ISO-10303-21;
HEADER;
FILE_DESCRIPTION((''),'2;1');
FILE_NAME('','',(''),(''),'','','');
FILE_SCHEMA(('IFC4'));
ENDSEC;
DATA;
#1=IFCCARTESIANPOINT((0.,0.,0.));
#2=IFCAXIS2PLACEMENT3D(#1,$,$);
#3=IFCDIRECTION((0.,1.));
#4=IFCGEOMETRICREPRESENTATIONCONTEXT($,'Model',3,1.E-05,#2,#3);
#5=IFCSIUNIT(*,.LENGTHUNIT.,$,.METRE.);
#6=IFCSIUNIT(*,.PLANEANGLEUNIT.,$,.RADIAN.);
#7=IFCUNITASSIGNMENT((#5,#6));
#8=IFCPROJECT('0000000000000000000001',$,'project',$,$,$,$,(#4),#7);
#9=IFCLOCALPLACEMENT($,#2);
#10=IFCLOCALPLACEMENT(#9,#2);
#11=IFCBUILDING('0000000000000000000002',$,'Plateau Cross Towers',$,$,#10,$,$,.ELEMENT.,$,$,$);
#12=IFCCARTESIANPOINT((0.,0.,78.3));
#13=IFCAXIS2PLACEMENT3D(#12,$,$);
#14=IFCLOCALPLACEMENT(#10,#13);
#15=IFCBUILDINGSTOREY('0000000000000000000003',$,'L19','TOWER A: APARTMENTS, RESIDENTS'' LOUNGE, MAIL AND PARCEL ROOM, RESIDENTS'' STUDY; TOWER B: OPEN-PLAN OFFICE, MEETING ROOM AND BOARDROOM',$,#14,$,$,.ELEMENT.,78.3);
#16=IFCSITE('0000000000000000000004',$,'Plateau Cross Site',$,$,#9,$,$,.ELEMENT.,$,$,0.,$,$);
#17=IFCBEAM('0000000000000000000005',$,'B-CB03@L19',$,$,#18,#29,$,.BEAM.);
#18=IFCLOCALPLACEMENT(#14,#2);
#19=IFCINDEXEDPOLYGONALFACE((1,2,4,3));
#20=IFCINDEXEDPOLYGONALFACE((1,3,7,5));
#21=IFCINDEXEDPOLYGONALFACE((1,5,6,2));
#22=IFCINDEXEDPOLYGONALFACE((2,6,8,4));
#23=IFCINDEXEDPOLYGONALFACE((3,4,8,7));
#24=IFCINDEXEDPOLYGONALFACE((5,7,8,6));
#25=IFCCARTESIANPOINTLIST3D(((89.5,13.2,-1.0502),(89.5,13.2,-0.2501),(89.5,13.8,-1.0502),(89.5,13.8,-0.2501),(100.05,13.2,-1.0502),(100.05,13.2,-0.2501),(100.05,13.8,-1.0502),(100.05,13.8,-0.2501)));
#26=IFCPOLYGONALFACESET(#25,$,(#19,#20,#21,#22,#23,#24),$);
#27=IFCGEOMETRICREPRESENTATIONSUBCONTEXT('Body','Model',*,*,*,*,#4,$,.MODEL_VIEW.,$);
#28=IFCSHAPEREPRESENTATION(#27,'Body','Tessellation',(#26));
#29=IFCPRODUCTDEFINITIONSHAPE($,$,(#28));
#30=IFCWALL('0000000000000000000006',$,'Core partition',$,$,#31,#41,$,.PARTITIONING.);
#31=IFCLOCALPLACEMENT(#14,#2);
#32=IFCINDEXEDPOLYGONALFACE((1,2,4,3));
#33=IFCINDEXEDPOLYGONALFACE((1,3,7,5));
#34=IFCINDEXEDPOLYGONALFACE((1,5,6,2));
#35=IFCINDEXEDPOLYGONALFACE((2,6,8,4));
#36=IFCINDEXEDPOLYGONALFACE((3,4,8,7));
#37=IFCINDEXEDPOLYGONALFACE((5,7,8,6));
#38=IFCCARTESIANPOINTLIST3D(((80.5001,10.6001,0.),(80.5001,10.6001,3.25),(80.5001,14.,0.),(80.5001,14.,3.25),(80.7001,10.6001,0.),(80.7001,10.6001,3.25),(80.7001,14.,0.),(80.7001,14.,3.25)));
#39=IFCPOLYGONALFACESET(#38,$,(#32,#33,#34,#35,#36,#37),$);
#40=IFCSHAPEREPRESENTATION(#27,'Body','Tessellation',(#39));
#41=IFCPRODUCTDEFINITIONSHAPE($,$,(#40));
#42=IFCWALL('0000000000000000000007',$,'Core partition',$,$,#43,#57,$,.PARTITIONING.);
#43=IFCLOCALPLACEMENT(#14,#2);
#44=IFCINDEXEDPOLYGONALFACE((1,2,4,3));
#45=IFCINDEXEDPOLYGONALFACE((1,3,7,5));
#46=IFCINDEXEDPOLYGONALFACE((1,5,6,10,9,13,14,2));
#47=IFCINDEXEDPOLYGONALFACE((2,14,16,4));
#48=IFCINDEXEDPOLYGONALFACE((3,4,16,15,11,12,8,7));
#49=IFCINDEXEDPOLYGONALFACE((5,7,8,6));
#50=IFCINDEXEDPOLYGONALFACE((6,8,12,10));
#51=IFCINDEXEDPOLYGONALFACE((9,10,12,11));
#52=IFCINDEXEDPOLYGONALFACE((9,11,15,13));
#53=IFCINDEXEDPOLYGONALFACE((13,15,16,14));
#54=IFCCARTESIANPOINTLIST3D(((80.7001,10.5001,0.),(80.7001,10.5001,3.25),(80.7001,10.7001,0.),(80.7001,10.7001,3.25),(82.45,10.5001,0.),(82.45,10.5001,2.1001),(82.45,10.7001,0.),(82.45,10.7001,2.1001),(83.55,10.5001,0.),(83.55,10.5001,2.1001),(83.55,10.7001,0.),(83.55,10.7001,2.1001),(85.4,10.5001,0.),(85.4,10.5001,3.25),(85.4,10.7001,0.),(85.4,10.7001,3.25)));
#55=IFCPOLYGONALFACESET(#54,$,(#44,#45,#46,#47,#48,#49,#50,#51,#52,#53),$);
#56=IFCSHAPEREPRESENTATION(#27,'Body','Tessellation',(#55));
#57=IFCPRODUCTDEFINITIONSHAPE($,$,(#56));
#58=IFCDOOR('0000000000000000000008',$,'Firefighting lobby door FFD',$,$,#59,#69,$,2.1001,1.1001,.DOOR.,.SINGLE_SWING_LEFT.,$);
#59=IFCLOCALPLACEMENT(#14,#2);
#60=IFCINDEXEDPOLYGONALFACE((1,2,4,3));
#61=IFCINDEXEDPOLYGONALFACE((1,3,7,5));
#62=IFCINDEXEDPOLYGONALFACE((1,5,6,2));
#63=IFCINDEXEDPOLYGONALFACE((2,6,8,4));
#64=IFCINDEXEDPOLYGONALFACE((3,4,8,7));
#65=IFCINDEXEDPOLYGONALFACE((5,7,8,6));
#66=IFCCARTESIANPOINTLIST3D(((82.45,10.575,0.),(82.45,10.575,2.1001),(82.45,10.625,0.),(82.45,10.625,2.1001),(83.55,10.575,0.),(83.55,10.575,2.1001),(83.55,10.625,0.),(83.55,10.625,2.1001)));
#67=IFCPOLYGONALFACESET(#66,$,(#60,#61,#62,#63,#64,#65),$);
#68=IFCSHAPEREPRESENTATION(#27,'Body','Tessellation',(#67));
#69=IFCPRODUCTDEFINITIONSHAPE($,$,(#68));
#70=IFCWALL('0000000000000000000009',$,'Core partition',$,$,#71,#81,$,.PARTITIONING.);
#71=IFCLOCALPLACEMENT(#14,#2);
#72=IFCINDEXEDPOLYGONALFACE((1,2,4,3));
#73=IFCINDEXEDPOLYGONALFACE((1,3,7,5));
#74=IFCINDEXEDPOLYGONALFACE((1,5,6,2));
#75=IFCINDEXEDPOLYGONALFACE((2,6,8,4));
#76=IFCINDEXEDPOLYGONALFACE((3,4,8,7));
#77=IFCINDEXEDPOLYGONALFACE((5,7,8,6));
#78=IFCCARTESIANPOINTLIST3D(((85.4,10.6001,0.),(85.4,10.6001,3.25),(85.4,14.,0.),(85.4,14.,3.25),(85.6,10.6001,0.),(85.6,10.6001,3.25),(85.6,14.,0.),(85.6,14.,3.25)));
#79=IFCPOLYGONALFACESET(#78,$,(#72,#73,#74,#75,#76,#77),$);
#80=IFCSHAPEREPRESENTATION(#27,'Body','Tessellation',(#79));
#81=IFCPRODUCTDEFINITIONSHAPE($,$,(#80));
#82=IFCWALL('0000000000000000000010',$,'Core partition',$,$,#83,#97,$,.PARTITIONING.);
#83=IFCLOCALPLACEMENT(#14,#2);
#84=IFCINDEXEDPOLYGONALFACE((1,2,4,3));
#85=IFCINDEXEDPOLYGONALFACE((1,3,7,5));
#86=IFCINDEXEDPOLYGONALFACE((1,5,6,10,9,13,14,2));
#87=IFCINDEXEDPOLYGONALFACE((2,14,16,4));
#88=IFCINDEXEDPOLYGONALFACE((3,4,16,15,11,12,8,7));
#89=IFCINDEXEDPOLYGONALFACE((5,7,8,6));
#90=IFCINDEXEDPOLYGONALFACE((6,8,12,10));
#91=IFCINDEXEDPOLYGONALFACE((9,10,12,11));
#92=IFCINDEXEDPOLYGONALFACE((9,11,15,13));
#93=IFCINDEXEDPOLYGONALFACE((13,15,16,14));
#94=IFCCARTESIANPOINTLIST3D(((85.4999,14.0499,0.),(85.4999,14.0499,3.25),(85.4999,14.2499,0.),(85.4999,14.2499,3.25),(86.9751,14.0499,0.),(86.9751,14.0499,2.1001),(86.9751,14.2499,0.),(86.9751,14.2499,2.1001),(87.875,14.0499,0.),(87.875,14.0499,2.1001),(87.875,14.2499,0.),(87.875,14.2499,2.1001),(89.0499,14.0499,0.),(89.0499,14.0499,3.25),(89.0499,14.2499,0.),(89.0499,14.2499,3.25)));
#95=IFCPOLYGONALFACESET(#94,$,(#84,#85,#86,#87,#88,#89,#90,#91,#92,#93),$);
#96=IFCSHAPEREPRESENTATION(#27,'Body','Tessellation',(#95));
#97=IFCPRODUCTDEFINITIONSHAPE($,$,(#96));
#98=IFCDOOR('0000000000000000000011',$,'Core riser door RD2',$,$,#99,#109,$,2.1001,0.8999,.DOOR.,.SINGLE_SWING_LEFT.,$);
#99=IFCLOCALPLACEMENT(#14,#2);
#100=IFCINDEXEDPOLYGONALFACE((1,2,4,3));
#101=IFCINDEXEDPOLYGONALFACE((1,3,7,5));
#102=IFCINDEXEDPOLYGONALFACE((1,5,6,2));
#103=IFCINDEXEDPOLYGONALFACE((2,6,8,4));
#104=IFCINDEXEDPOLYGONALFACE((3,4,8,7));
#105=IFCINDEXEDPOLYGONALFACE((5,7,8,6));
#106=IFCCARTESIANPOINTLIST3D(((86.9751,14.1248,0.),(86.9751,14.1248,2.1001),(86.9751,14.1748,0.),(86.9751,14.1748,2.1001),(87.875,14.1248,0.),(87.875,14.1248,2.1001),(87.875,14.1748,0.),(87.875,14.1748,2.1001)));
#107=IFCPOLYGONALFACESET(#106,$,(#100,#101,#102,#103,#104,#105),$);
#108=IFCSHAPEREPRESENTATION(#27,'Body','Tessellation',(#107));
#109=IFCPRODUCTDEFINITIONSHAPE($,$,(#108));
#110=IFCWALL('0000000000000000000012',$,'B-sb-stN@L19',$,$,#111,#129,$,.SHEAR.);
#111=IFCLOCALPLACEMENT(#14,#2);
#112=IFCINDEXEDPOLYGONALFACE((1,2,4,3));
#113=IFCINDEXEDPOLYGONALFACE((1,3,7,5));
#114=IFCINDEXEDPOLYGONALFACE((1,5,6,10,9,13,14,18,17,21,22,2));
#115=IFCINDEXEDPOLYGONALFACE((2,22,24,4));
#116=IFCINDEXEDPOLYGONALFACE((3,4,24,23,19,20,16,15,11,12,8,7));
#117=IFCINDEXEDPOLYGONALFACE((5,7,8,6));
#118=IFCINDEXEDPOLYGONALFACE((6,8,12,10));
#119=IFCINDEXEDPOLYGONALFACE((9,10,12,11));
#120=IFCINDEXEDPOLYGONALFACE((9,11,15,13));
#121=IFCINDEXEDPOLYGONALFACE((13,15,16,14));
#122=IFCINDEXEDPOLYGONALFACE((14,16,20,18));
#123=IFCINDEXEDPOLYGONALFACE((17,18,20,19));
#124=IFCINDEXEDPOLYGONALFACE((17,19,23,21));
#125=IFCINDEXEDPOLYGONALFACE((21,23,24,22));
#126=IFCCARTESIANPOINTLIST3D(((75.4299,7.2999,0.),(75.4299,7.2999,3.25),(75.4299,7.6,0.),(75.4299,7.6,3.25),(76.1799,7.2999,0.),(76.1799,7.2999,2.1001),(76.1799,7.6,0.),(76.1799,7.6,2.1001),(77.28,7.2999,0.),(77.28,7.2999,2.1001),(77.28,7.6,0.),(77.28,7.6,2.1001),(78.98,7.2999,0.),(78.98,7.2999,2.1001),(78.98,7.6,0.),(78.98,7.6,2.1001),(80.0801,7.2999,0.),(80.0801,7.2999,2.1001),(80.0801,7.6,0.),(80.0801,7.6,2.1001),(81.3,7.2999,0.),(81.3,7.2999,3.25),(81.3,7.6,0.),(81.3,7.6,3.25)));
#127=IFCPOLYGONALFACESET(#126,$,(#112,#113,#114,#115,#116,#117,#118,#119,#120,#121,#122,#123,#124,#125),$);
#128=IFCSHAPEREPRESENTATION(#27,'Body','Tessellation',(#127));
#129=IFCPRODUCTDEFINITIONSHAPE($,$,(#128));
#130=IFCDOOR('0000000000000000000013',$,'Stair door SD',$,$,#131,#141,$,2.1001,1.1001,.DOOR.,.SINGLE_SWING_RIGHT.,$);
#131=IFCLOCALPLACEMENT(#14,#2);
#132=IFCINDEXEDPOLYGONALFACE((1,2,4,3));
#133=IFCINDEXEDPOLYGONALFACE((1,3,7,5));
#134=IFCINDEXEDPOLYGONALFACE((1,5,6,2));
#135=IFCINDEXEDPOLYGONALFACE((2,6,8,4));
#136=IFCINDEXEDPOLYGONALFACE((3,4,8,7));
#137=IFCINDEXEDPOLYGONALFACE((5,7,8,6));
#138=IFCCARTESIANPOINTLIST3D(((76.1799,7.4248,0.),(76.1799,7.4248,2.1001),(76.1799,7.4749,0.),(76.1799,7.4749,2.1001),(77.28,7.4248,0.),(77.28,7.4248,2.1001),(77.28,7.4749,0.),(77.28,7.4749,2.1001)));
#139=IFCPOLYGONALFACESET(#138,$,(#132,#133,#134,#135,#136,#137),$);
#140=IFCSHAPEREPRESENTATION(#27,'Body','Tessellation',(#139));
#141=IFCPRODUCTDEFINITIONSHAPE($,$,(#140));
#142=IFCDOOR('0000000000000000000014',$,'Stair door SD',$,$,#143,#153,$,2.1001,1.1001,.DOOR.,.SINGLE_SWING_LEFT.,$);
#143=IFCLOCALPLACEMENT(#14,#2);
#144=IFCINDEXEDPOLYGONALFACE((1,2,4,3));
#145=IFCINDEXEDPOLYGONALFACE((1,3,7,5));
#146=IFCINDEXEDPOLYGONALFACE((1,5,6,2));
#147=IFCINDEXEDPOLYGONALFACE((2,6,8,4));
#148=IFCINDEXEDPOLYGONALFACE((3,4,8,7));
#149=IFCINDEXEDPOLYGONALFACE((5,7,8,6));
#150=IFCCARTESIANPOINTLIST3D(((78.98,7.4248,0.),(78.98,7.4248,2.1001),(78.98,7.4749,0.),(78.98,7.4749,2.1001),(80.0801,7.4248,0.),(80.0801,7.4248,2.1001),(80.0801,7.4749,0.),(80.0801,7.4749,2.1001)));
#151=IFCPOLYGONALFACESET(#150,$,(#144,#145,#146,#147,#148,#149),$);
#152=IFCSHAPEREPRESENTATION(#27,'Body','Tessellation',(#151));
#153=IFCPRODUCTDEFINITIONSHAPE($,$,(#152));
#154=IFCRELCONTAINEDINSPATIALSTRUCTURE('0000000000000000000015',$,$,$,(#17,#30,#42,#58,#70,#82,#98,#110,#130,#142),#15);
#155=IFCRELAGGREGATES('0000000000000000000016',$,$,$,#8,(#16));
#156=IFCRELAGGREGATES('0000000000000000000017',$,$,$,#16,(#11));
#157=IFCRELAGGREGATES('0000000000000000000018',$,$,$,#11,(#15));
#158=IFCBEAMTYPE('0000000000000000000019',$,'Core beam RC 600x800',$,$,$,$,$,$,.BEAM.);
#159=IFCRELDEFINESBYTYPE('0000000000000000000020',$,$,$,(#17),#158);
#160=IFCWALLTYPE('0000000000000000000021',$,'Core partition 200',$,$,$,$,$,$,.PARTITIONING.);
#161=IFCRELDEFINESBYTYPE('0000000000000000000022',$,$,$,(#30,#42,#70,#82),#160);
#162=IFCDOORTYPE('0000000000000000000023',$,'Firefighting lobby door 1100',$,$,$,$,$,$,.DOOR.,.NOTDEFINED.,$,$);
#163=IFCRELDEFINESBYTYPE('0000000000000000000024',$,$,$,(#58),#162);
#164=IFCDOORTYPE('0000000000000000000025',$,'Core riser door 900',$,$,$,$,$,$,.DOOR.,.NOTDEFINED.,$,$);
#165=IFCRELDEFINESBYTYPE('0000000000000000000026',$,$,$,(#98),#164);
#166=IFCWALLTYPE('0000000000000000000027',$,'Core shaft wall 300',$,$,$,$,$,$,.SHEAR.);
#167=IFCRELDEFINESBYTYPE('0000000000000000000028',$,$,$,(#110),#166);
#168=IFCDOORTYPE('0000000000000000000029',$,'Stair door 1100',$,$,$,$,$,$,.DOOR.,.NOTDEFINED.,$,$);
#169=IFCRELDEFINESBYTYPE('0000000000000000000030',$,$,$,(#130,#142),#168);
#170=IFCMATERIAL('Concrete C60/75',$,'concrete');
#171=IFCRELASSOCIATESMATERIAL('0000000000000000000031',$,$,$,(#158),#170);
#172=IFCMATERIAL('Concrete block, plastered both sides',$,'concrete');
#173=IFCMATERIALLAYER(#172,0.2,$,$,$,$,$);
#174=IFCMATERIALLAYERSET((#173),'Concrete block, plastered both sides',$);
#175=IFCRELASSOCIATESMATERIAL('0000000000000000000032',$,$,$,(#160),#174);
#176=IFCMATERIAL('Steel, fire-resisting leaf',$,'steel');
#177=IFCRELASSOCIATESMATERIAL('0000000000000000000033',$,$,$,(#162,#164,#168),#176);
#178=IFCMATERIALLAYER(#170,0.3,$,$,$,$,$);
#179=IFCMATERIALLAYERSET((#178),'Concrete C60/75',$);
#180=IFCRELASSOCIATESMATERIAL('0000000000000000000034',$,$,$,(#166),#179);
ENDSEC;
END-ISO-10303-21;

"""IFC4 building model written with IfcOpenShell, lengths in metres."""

from ifc_helpers import new_model, si_unit, direction, frame, frame_2d, origin, origin_2d, place, context, subcontext, project, spatial, rectangle, extrude, material, layer, layer_set, material_profile, profile_set, type_object, element, fill, save


model = new_model("IFC4")

# Units and contexts
model_context = context("Model", 3, precision=1e-05, world=origin(), true_north=direction((0.0, 1.0)))
body_context = subcontext(model_context, "Body", "Model", "MODEL_VIEW")
ifc_project = project(units=[si_unit("LENGTHUNIT", "METRE"), si_unit("PLANEANGLEUNIT", "RADIAN")], contexts=[model_context])

# Site, building, storey
site_placement = place(None, origin())
site = spatial("IfcSite", under=ifc_project, at=site_placement, Name="Plateau Cross Site", CompositionType="ELEMENT", RefElevation=0.0)
building_placement = place(site_placement, origin())
building = spatial("IfcBuilding", under=site, at=building_placement, Name="Plateau Cross Towers", CompositionType="ELEMENT")
storey_placement = place(building_placement, frame((0.0, 0.0, 78.3)))
storey = spatial("IfcBuildingStorey", under=building, at=storey_placement, Name="L19", Description="TOWER A: APARTMENTS, RESIDENTS' LOUNGE, MAIL AND PARCEL ROOM, RESIDENTS' STUDY; TOWER B: OPEN-PLAN OFFICE, MEETING ROOM AND BOARDROOM", CompositionType="ELEMENT", Elevation=78.3)

# Beam
ifc_material_1 = material(Name="Concrete C60/75", Category="concrete")
ifc_material_profile = material_profile(ifc_material_1, rectangle(XDim=0.6001, YDim=0.8, at=origin_2d()), Name="RC 600x800")
ifc_profile_set = profile_set([ifc_material_profile], Name="Concrete C60/75")
beam_type = type_object("IfcBeamType", Name="Core beam RC 600x800", PredefinedType="BEAM", material=ifc_profile_set)
beam_placement = place(storey_placement, frame((89.5, 13.5, -0.6501), z_axis=(1.0, 0.0, 0.0), x_axis=(0.0, 1.0, 0.0)))
element("IfcBeam", 1, at=beam_placement, inside=storey, type_object=beam_type, Name="B-CB03@L19", PredefinedType="BEAM", context=body_context, shape_type="SweptSolid", body=[
    extrude(rectangle(XDim=0.6001, YDim=0.8, at=origin_2d()), origin(), (0.0, 0.0, 1.0), 10.55),
])

# Wall
ifc_material_2 = material(Name="Concrete block, plastered both sides", Category="concrete")
ifc_layer_1 = layer(ifc_material_2, 0.2)
ifc_layer_set_1 = layer_set([ifc_layer_1], Name="Concrete block, plastered both sides")
wall_type_1 = type_object("IfcWallType", Name="Core partition 200", PredefinedType="PARTITIONING", material=ifc_layer_set_1)
wall_1_placement = place(storey_placement, frame((80.6001, 10.6001, 0.0), z_axis=(0.0, 0.0, 1.0), x_axis=(0.0, 1.0, 0.0)))
element("IfcWall", 2, at=wall_1_placement, inside=storey, type_object=wall_type_1, Name="Core partition", PredefinedType="PARTITIONING", context=body_context, shape_type="SweptSolid", body=[
    extrude(rectangle(XDim=3.3999, YDim=0.2, at=frame_2d((1.7, 0.0))), origin(), (0.0, 0.0, 1.0), 3.25),
])

# Wall, opening, door
wall_2_placement = place(storey_placement, frame((80.7, 10.6001, 0.0), z_axis=(0.0, 0.0, 1.0), x_axis=(1.0, 0.0, 0.0)))
wall_2 = element("IfcWall", 3, at=wall_2_placement, inside=storey, type_object=wall_type_1, Name="Core partition", PredefinedType="PARTITIONING", context=body_context, shape_type="SweptSolid", body=[
    extrude(rectangle(XDim=4.7, YDim=0.2, at=frame_2d((2.3501, 0.0))), origin(), (0.0, 0.0, 1.0), 3.25),
])
opening_1_placement = place(wall_2_placement, frame((1.75, 0.0, 0.0)))
opening_1 = element("IfcOpeningElement", 4, at=opening_1_placement, cuts=wall_2, PredefinedType="OPENING", context=body_context, shape_type="SweptSolid", body=[
    extrude(rectangle(XDim=1.1001, YDim=2.1001, at=frame_2d((0.55, 1.05))), frame((0.0, 0.1099, 0.0), z_axis=(0.0, -1.0, 0.0), x_axis=(1.0, 0.0, 0.0)), (0.0, 0.0, 1.0), 0.22),
])
ifc_material_3 = material(Name="Steel, fire-resisting leaf", Category="steel")
door_type_1 = type_object("IfcDoorType", Name="Firefighting lobby door 1100", OperationType="NOTDEFINED", PredefinedType="DOOR", material=ifc_material_3)
door_1_placement = place(opening_1_placement, origin())
door_1 = element("IfcDoor", 5, at=door_1_placement, inside=storey, type_object=door_type_1, Name="Firefighting lobby door FFD", OperationType="SINGLE_SWING_LEFT", OverallHeight=2.1001, OverallWidth=1.1001, PredefinedType="DOOR", context=body_context, shape_type="SweptSolid", body=[
    extrude(rectangle(XDim=1.1001, YDim=2.1001, at=frame_2d((0.55, 1.05))), frame((0.0, 0.0249, 0.0), z_axis=(0.0, -1.0, 0.0), x_axis=(1.0, 0.0, 0.0)), (0.0, 0.0, 1.0), 0.05),
])
fill(opening_1, door_1)

# Wall
wall_3_placement = place(storey_placement, frame((85.5, 10.6001, 0.0), z_axis=(0.0, 0.0, 1.0), x_axis=(0.0, 1.0, 0.0)))
element("IfcWall", 6, at=wall_3_placement, inside=storey, type_object=wall_type_1, Name="Core partition", PredefinedType="PARTITIONING", context=body_context, shape_type="SweptSolid", body=[
    extrude(rectangle(XDim=3.3999, YDim=0.2, at=frame_2d((1.7, 0.0))), origin(), (0.0, 0.0, 1.0), 3.25),
])

# Wall, opening, door
wall_4_placement = place(storey_placement, frame((85.5, 14.1499, 0.0), z_axis=(0.0, 0.0, 1.0), x_axis=(1.0, 0.0, 0.0)))
wall_4 = element("IfcWall", 7, at=wall_4_placement, inside=storey, type_object=wall_type_1, Name="Core partition", PredefinedType="PARTITIONING", context=body_context, shape_type="SweptSolid", body=[
    extrude(rectangle(XDim=3.55, YDim=0.2, at=frame_2d((1.7749, 0.0))), origin(), (0.0, 0.0, 1.0), 3.25),
])
opening_2_placement = place(wall_4_placement, frame((1.4751, 0.0, 0.0)))
opening_2 = element("IfcOpeningElement", 8, at=opening_2_placement, cuts=wall_4, PredefinedType="OPENING", context=body_context, shape_type="SweptSolid", body=[
    extrude(rectangle(XDim=0.8999, YDim=2.1001, at=frame_2d((0.45, 1.05))), frame((0.0, 0.1099, 0.0), z_axis=(0.0, -1.0, 0.0), x_axis=(1.0, 0.0, 0.0)), (0.0, 0.0, 1.0), 0.22),
])
door_type_2 = type_object("IfcDoorType", Name="Core riser door 900", OperationType="NOTDEFINED", PredefinedType="DOOR", material=ifc_material_3)
door_2_placement = place(opening_2_placement, origin())
door_2 = element("IfcDoor", 9, at=door_2_placement, inside=storey, type_object=door_type_2, Name="Core riser door RD2", OperationType="SINGLE_SWING_LEFT", OverallHeight=2.1001, OverallWidth=0.8999, PredefinedType="DOOR", context=body_context, shape_type="SweptSolid", body=[
    extrude(rectangle(XDim=0.8999, YDim=2.1001, at=frame_2d((0.45, 1.05))), frame((0.0, 0.0249, 0.0), z_axis=(0.0, -1.0, 0.0), x_axis=(1.0, 0.0, 0.0)), (0.0, 0.0, 1.0), 0.05),
])
fill(opening_2, door_2)

# Wall, openings, doors
ifc_layer_2 = layer(ifc_material_1, 0.3)
ifc_layer_set_2 = layer_set([ifc_layer_2], Name="Concrete C60/75")
wall_type_2 = type_object("IfcWallType", Name="Core shaft wall 300", PredefinedType="SHEAR", material=ifc_layer_set_2)
wall_5_placement = place(storey_placement, frame((75.4299, 7.45, 0.0), z_axis=(0.0, 0.0, 1.0), x_axis=(1.0, 0.0, 0.0)))
wall_5 = element("IfcWall", 10, at=wall_5_placement, inside=storey, type_object=wall_type_2, Name="B-sb-stN@L19", PredefinedType="SHEAR", context=body_context, shape_type="SweptSolid", body=[
    extrude(rectangle(XDim=5.8701, YDim=0.3, at=frame_2d((2.9351, 0.0))), origin(), (0.0, 0.0, 1.0), 3.25),
])
opening_3_placement = place(wall_5_placement, frame((0.75, 0.0, 0.0)))
opening_3 = element("IfcOpeningElement", 11, at=opening_3_placement, cuts=wall_5, PredefinedType="OPENING", context=body_context, shape_type="SweptSolid", body=[
    extrude(rectangle(XDim=1.1001, YDim=2.1001, at=frame_2d((0.55, 1.05))), frame((0.0, 0.1599, 0.0), z_axis=(0.0, -1.0, 0.0), x_axis=(1.0, 0.0, 0.0)), (0.0, 0.0, 1.0), 0.3201),
])
opening_4_placement = place(wall_5_placement, frame((3.55, 0.0, 0.0)))
opening_4 = element("IfcOpeningElement", 12, at=opening_4_placement, cuts=wall_5, PredefinedType="OPENING", context=body_context, shape_type="SweptSolid", body=[
    extrude(rectangle(XDim=1.1001, YDim=2.1001, at=frame_2d((0.55, 1.05))), frame((0.0, 0.1599, 0.0), z_axis=(0.0, -1.0, 0.0), x_axis=(1.0, 0.0, 0.0)), (0.0, 0.0, 1.0), 0.3201),
])
door_type_3 = type_object("IfcDoorType", Name="Stair door 1100", OperationType="NOTDEFINED", PredefinedType="DOOR", material=ifc_material_3)
door_3_placement = place(opening_3_placement, origin())
door_3 = element("IfcDoor", 13, at=door_3_placement, inside=storey, type_object=door_type_3, Name="Stair door SD", OperationType="SINGLE_SWING_RIGHT", OverallHeight=2.1001, OverallWidth=1.1001, PredefinedType="DOOR", context=body_context, shape_type="SweptSolid", body=[
    extrude(rectangle(XDim=1.1001, YDim=2.1001, at=frame_2d((0.55, 1.05))), frame((0.0, 0.0249, 0.0), z_axis=(0.0, -1.0, 0.0), x_axis=(1.0, 0.0, 0.0)), (0.0, 0.0, 1.0), 0.05),
])
fill(opening_3, door_3)
door_4_placement = place(opening_4_placement, origin())
door_4 = element("IfcDoor", 14, at=door_4_placement, inside=storey, type_object=door_type_3, Name="Stair door SD", OperationType="SINGLE_SWING_LEFT", OverallHeight=2.1001, OverallWidth=1.1001, PredefinedType="DOOR", context=body_context, shape_type="SweptSolid", body=[
    extrude(rectangle(XDim=1.1001, YDim=2.1001, at=frame_2d((0.55, 1.05))), frame((0.0, 0.0249, 0.0), z_axis=(0.0, -1.0, 0.0), x_axis=(1.0, 0.0, 0.0)), (0.0, 0.0, 1.0), 0.05),
])
fill(opening_4, door_4)

save(model, "model.ifc")
